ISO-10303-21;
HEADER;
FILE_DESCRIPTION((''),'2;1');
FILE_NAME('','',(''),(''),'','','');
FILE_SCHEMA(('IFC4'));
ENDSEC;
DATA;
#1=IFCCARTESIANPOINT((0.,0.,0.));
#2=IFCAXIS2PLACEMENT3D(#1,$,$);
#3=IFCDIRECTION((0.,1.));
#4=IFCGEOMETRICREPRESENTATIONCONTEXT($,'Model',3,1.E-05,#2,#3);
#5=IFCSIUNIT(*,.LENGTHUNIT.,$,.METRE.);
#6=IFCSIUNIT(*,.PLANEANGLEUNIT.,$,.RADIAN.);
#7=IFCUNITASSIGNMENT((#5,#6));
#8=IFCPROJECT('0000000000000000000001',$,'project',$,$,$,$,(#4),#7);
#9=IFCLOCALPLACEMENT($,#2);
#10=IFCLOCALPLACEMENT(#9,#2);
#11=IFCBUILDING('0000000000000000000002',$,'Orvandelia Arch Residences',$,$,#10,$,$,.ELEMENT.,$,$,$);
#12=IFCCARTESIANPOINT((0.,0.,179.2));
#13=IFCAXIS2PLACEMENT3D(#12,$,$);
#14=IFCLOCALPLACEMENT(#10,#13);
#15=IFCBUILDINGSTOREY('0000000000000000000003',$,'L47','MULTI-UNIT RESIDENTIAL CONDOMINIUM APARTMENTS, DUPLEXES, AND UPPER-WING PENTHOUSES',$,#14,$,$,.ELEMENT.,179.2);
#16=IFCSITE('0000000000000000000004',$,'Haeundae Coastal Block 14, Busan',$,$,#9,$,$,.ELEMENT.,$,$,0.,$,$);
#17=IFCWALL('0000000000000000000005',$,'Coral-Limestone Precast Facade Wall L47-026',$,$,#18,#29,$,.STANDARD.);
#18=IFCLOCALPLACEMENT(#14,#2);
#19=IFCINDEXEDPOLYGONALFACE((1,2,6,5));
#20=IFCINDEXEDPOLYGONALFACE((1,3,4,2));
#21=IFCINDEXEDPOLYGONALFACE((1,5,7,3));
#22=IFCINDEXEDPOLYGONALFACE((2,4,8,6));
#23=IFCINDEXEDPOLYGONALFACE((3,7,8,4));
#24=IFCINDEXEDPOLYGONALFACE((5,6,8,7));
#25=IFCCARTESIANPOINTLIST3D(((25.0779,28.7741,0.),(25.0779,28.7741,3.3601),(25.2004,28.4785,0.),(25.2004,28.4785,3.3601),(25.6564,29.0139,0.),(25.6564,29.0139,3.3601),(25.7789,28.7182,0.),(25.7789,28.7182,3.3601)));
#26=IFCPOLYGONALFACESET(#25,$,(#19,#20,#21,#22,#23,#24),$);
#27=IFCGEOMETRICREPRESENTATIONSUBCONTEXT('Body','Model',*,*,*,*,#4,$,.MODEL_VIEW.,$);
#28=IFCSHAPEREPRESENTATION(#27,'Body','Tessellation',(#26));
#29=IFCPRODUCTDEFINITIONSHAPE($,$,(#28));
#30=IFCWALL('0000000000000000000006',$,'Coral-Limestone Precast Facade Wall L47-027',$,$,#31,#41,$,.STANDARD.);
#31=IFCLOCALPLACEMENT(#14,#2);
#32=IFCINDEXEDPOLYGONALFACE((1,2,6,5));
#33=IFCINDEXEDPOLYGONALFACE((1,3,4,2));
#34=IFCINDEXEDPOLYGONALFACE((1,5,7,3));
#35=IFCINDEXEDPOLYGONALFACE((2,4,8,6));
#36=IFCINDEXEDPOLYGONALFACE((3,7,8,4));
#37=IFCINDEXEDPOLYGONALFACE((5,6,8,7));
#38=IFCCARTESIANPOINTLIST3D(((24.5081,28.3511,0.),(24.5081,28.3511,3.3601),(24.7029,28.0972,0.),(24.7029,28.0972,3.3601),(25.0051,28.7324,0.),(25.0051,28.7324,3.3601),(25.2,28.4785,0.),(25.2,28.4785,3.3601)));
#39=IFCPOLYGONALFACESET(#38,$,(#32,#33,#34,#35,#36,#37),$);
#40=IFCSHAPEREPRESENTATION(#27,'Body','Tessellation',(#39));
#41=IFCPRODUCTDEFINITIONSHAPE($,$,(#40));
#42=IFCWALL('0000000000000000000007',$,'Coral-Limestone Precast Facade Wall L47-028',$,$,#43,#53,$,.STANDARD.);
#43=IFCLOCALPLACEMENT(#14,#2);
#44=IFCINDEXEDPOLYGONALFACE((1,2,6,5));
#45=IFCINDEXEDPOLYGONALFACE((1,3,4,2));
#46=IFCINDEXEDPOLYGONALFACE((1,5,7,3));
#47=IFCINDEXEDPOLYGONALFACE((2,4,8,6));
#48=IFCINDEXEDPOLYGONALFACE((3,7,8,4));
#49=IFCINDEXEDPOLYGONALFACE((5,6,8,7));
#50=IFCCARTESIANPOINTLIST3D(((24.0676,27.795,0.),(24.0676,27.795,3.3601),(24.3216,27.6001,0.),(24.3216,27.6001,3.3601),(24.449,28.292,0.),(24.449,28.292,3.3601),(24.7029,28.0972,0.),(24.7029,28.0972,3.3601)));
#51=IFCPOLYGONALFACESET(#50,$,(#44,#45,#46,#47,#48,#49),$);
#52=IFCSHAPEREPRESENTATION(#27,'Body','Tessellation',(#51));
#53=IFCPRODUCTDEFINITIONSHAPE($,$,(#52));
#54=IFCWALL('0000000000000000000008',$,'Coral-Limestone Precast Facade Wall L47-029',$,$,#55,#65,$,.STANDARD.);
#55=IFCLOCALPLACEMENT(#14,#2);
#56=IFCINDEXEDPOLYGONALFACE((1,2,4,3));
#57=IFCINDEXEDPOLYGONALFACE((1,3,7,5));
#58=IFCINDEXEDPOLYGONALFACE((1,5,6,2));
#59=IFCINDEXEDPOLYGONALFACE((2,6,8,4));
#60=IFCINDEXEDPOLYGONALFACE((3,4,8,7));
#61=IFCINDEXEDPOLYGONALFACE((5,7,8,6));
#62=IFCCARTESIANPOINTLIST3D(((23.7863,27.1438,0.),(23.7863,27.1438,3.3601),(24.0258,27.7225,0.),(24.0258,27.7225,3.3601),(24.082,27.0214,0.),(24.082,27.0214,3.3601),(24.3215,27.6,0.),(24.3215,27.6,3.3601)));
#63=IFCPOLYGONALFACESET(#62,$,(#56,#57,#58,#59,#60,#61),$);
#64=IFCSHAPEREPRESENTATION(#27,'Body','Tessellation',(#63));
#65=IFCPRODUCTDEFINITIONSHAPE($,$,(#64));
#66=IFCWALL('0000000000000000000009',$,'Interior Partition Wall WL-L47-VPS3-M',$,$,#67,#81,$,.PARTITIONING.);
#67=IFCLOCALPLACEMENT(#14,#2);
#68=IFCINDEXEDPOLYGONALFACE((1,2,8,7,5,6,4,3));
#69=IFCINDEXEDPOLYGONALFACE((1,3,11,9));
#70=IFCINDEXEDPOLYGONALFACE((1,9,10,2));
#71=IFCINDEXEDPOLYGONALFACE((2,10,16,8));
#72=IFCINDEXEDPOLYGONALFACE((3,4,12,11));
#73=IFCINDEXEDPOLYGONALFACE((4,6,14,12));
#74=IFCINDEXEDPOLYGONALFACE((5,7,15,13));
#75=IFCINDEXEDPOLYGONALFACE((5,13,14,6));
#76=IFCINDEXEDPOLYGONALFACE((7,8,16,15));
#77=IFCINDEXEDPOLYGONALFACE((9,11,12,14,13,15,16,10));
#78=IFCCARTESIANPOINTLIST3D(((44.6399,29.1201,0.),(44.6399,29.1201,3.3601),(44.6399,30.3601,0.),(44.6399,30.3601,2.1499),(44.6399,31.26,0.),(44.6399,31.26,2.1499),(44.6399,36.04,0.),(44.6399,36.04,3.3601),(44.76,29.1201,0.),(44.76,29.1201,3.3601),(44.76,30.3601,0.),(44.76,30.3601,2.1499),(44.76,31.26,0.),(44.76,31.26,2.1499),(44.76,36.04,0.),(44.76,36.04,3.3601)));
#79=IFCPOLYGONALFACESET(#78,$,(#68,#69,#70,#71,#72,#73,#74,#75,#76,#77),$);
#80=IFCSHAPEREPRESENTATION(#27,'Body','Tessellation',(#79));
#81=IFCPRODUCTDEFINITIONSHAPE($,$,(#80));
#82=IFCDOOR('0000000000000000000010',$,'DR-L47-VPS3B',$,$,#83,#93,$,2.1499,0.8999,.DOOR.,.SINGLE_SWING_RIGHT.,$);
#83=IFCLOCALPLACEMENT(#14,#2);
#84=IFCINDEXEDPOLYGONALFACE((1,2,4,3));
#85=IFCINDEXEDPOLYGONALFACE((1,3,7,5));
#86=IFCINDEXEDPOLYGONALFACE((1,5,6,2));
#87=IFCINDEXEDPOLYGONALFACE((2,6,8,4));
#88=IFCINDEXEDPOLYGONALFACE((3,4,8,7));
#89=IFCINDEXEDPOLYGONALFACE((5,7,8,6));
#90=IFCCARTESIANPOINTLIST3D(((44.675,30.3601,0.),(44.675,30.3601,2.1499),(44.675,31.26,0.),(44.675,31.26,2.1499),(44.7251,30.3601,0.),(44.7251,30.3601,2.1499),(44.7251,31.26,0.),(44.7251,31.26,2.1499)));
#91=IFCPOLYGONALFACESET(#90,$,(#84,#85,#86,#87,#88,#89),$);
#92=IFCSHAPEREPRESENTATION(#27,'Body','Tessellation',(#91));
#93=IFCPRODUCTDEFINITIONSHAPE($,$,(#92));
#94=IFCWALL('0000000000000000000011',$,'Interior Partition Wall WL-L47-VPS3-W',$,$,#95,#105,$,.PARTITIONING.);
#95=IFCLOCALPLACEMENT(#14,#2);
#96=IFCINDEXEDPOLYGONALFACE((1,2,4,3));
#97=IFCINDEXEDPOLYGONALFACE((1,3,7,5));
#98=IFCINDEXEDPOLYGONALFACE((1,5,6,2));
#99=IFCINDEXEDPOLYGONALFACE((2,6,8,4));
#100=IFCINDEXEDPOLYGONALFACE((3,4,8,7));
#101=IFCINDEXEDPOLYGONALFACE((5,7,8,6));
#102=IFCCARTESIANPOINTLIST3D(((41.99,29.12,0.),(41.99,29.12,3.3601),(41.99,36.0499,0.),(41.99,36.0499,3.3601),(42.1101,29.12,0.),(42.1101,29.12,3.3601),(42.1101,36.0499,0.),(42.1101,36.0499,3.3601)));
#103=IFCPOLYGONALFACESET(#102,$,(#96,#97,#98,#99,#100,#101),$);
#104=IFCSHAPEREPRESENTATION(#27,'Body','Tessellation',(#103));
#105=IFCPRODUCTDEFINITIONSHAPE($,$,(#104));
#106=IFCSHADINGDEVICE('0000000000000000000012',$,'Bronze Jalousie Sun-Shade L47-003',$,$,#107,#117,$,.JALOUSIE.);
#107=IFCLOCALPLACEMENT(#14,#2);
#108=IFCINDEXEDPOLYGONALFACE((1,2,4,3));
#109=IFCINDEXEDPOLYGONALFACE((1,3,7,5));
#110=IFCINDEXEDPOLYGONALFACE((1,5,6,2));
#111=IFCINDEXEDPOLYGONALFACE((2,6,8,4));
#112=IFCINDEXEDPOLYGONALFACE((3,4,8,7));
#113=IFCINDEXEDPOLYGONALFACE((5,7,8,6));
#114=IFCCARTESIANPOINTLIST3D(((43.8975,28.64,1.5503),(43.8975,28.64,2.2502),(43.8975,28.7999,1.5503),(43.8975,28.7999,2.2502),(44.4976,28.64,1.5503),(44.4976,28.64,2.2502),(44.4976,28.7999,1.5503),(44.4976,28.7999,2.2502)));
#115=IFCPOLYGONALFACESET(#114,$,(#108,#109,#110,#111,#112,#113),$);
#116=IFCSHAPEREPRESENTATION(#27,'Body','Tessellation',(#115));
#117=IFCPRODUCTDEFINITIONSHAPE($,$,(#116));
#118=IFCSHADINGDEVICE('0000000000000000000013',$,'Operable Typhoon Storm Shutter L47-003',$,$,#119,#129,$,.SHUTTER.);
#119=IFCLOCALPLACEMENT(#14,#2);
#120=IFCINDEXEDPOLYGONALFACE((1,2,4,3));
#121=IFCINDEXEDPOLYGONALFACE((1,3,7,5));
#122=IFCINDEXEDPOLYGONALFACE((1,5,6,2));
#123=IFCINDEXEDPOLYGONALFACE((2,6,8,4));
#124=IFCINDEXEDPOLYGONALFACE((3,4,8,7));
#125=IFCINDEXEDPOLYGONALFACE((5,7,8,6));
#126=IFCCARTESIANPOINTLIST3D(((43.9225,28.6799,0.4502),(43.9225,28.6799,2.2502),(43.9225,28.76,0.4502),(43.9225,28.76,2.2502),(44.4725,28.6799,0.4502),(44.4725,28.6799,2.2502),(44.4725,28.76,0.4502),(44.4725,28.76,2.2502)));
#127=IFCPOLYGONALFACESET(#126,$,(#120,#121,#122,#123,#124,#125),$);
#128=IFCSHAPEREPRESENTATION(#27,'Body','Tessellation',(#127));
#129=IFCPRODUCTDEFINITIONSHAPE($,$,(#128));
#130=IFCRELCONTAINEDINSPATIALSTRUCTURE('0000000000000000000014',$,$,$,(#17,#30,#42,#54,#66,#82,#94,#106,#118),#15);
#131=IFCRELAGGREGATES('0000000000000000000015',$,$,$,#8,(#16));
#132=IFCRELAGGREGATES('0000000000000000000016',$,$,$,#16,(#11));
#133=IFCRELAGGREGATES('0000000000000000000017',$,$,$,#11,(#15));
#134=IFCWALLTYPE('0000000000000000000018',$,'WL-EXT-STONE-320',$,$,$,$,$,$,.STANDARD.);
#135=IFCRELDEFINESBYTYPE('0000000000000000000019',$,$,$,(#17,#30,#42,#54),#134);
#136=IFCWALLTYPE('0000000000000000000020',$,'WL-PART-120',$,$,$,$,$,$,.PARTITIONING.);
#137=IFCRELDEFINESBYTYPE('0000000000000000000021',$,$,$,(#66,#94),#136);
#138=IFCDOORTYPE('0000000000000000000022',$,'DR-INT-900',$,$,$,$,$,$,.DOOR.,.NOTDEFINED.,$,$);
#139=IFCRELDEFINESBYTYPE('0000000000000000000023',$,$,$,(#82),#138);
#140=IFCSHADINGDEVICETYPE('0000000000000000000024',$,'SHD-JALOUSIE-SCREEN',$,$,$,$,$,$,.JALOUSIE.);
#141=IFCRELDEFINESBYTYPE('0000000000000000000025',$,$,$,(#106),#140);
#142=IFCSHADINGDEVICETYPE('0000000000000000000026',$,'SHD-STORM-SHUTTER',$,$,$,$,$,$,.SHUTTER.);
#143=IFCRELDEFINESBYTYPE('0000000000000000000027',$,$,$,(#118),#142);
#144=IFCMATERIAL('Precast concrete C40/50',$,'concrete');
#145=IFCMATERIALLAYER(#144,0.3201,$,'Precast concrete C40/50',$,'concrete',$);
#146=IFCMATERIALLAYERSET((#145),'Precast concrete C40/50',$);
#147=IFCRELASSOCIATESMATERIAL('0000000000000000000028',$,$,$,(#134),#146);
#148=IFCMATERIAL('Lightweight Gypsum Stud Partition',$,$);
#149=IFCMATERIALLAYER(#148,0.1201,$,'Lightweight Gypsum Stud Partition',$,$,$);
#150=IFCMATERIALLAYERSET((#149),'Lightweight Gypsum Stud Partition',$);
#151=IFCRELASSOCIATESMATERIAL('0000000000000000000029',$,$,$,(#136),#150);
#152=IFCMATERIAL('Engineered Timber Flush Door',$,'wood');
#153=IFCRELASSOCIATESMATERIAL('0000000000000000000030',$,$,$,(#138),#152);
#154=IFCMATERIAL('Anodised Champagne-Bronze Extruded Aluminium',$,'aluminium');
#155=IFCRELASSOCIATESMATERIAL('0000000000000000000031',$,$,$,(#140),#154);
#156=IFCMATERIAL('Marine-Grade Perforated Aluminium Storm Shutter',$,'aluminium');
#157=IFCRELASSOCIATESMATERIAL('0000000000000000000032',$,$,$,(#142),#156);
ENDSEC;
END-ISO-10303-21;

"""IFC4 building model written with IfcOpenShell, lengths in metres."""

from ifc_helpers import new_model, si_unit, direction, frame, frame_2d, origin, origin_2d, place, context, subcontext, project, spatial, rectangle, extrude, material, layer, layer_set, type_object, element, fill, save


model = new_model("IFC4")

# Units and contexts
model_context = context("Model", 3, precision=1e-05, world=origin(), true_north=direction((0.0, 1.0)))
body_context = subcontext(model_context, "Body", "Model", "MODEL_VIEW")
ifc_project = project(units=[si_unit("LENGTHUNIT", "METRE"), si_unit("PLANEANGLEUNIT", "RADIAN")], contexts=[model_context])

# Site, building, storey
site_placement = place(None, origin())
site = spatial("IfcSite", under=ifc_project, at=site_placement, Name="Haeundae Coastal Block 14, Busan", CompositionType="ELEMENT", RefElevation=0.0)
building_placement = place(site_placement, origin())
building = spatial("IfcBuilding", under=site, at=building_placement, Name="Orvandelia Arch Residences", CompositionType="ELEMENT")
storey_placement = place(building_placement, frame((0.0, 0.0, 179.2)))
storey = spatial("IfcBuildingStorey", under=building, at=storey_placement, Name="L47", Description="MULTI-UNIT RESIDENTIAL CONDOMINIUM APARTMENTS, DUPLEXES, AND UPPER-WING PENTHOUSES", CompositionType="ELEMENT", Elevation=179.2)

# Shared definitions
ifc_material_1 = material(Name="Precast concrete C40/50", Category="concrete")
ifc_layer_1 = layer(ifc_material_1, 0.3201, Name="Precast concrete C40/50", Category="concrete")
ifc_layer_set_1 = layer_set([ifc_layer_1], Name="Precast concrete C40/50")
wall_type_1 = type_object("IfcWallType", Name="WL-EXT-STONE-320", PredefinedType="STANDARD", material=ifc_layer_set_1)

# Walls
wall_1_placement = place(storey_placement, frame((25.7175, 28.866, 0.0), z_axis=(0.0, 0.0, 1.0), x_axis=(-0.923836, -0.382788, 0.0)))
element("IfcWall", 1, at=wall_1_placement, inside=storey, type_object=wall_type_1, Name="Coral-Limestone Precast Facade Wall L47-026", PredefinedType="STANDARD", context=body_context, shape_type="SweptSolid", body=[
    extrude(rectangle(XDim=0.6262, YDim=0.3201, at=frame_2d((0.313, 0.0))), origin(), (0.0, 0.0, 1.0), 3.3601),
])
for number, where, z_axis, x_axis, name in (
    (2, (25.1025, 28.6055, 0.0), (0.0, 0.0, 1.0), (-0.793406, -0.608693, 0.0), "Coral-Limestone Precast Facade Wall L47-027"),
    (3, (24.5759, 28.1946, 0.0), (0.0, 0.0, 1.0), (-0.608693, -0.793406, 0.0), "Coral-Limestone Precast Facade Wall L47-028"),
):
    element("IfcWall", number, at=place(storey_placement, frame(where, z_axis=z_axis, x_axis=x_axis)), inside=storey, type_object=wall_type_1, Name=name, PredefinedType="STANDARD", context=body_context, shape_type="SweptSolid", body=[
        extrude(rectangle(XDim=0.6265, YDim=0.3201, at=frame_2d((0.3132, 0.0))), origin(), (0.0, 0.0, 1.0), 3.3601),
    ])
wall_2_placement = place(storey_placement, frame((24.1736, 27.6611, 0.0), z_axis=(0.0, 0.0, 1.0), x_axis=(-0.382455, -0.923974, 0.0)))
element("IfcWall", 4, at=wall_2_placement, inside=storey, type_object=wall_type_1, Name="Coral-Limestone Precast Facade Wall L47-029", PredefinedType="STANDARD", context=body_context, shape_type="SweptSolid", body=[
    extrude(rectangle(XDim=0.6262, YDim=0.3201, at=frame_2d((0.313, 0.0))), origin(), (0.0, 0.0, 1.0), 3.3601),
])

# Wall, opening, door
ifc_material_2 = material(Name="Lightweight Gypsum Stud Partition")
ifc_layer_2 = layer(ifc_material_2, 0.1201, Name="Lightweight Gypsum Stud Partition")
ifc_layer_set_2 = layer_set([ifc_layer_2], Name="Lightweight Gypsum Stud Partition")
wall_type_2 = type_object("IfcWallType", Name="WL-PART-120", PredefinedType="PARTITIONING", material=ifc_layer_set_2)
wall_3_placement = place(storey_placement, frame((44.7, 29.1201, 0.0), z_axis=(0.0, 0.0, 1.0), x_axis=(0.0, 1.0, 0.0)))
wall_3 = element("IfcWall", 5, at=wall_3_placement, inside=storey, type_object=wall_type_2, Name="Interior Partition Wall WL-L47-VPS3-M", PredefinedType="PARTITIONING", context=body_context, shape_type="SweptSolid", body=[
    extrude(rectangle(XDim=6.9199, YDim=0.1201, at=frame_2d((3.46, 0.0))), origin(), (0.0, 0.0, 1.0), 3.3601),
])
opening_1_placement = place(wall_3_placement, frame((1.24, 0.0, 0.0)))
opening_1 = element("IfcOpeningElement", 6, at=opening_1_placement, cuts=wall_3, PredefinedType="OPENING", context=body_context, shape_type="SweptSolid", body=[
    extrude(rectangle(XDim=0.8999, YDim=2.1499, at=frame_2d((0.45, 1.075))), frame((0.0, 0.0701, 0.0), z_axis=(0.0, -1.0, 0.0), x_axis=(1.0, 0.0, 0.0)), (0.0, 0.0, 1.0), 0.1401),
])
ifc_material_3 = material(Name="Engineered Timber Flush Door", Category="wood")
door_type = type_object("IfcDoorType", Name="DR-INT-900", OperationType="NOTDEFINED", PredefinedType="DOOR", material=ifc_material_3)
door_placement = place(opening_1_placement, origin())
door = element("IfcDoor", 7, at=door_placement, inside=storey, type_object=door_type, Name="DR-L47-VPS3B", OperationType="SINGLE_SWING_RIGHT", OverallHeight=2.1499, OverallWidth=0.8999, PredefinedType="DOOR", context=body_context, shape_type="SweptSolid", body=[
    extrude(rectangle(XDim=0.8999, YDim=2.1499, at=frame_2d((0.45, 1.075))), frame((0.0, 0.0249, 0.0), z_axis=(0.0, -1.0, 0.0), x_axis=(1.0, 0.0, 0.0)), (0.0, 0.0, 1.0), 0.05),
])
fill(opening_1, door)

# Wall
wall_4_placement = place(storey_placement, frame((42.05, 29.1201, 0.0), z_axis=(0.0, 0.0, 1.0), x_axis=(0.0, 1.0, 0.0)))
element("IfcWall", 8, at=wall_4_placement, inside=storey, type_object=wall_type_2, Name="Interior Partition Wall WL-L47-VPS3-W", PredefinedType="PARTITIONING", context=body_context, shape_type="SweptSolid", body=[
    extrude(rectangle(XDim=6.9299, YDim=0.1201, at=frame_2d((3.4648, 0.0))), origin(), (0.0, 0.0, 1.0), 3.3601),
])

# Shading devices
ifc_material_4 = material(Name="Anodised Champagne-Bronze Extruded Aluminium", Category="aluminium")
shading_device_type_1 = type_object("IfcShadingDeviceType", Name="SHD-JALOUSIE-SCREEN", PredefinedType="JALOUSIE", material=ifc_material_4)
shading_device_1_placement = place(storey_placement, frame((44.1975, 28.72, 1.5503), z_axis=(0.0, 0.0, 1.0), x_axis=(-1.0, 0.0, 0.0)))
element("IfcShadingDevice", 9, at=shading_device_1_placement, inside=storey, type_object=shading_device_type_1, Name="Bronze Jalousie Sun-Shade L47-003", PredefinedType="JALOUSIE", context=body_context, shape_type="SweptSolid", body=[
    extrude(rectangle(XDim=0.6001, YDim=0.1599, at=origin_2d()), origin(), (0.0, 0.0, 1.0), 0.7),
])
ifc_material_5 = material(Name="Marine-Grade Perforated Aluminium Storm Shutter", Category="aluminium")
shading_device_type_2 = type_object("IfcShadingDeviceType", Name="SHD-STORM-SHUTTER", PredefinedType="SHUTTER", material=ifc_material_5)
shading_device_2_placement = place(storey_placement, frame((44.1975, 28.72, 0.4502), z_axis=(0.0, 0.0, 1.0), x_axis=(-1.0, 0.0, 0.0)))
element("IfcShadingDevice", 10, at=shading_device_2_placement, inside=storey, type_object=shading_device_type_2, Name="Operable Typhoon Storm Shutter L47-003", PredefinedType="SHUTTER", context=body_context, shape_type="SweptSolid", body=[
    extrude(rectangle(XDim=0.55, YDim=0.0801, at=origin_2d()), origin(), (0.0, 0.0, 1.0), 1.8),
])

save(model, "model.ifc")
